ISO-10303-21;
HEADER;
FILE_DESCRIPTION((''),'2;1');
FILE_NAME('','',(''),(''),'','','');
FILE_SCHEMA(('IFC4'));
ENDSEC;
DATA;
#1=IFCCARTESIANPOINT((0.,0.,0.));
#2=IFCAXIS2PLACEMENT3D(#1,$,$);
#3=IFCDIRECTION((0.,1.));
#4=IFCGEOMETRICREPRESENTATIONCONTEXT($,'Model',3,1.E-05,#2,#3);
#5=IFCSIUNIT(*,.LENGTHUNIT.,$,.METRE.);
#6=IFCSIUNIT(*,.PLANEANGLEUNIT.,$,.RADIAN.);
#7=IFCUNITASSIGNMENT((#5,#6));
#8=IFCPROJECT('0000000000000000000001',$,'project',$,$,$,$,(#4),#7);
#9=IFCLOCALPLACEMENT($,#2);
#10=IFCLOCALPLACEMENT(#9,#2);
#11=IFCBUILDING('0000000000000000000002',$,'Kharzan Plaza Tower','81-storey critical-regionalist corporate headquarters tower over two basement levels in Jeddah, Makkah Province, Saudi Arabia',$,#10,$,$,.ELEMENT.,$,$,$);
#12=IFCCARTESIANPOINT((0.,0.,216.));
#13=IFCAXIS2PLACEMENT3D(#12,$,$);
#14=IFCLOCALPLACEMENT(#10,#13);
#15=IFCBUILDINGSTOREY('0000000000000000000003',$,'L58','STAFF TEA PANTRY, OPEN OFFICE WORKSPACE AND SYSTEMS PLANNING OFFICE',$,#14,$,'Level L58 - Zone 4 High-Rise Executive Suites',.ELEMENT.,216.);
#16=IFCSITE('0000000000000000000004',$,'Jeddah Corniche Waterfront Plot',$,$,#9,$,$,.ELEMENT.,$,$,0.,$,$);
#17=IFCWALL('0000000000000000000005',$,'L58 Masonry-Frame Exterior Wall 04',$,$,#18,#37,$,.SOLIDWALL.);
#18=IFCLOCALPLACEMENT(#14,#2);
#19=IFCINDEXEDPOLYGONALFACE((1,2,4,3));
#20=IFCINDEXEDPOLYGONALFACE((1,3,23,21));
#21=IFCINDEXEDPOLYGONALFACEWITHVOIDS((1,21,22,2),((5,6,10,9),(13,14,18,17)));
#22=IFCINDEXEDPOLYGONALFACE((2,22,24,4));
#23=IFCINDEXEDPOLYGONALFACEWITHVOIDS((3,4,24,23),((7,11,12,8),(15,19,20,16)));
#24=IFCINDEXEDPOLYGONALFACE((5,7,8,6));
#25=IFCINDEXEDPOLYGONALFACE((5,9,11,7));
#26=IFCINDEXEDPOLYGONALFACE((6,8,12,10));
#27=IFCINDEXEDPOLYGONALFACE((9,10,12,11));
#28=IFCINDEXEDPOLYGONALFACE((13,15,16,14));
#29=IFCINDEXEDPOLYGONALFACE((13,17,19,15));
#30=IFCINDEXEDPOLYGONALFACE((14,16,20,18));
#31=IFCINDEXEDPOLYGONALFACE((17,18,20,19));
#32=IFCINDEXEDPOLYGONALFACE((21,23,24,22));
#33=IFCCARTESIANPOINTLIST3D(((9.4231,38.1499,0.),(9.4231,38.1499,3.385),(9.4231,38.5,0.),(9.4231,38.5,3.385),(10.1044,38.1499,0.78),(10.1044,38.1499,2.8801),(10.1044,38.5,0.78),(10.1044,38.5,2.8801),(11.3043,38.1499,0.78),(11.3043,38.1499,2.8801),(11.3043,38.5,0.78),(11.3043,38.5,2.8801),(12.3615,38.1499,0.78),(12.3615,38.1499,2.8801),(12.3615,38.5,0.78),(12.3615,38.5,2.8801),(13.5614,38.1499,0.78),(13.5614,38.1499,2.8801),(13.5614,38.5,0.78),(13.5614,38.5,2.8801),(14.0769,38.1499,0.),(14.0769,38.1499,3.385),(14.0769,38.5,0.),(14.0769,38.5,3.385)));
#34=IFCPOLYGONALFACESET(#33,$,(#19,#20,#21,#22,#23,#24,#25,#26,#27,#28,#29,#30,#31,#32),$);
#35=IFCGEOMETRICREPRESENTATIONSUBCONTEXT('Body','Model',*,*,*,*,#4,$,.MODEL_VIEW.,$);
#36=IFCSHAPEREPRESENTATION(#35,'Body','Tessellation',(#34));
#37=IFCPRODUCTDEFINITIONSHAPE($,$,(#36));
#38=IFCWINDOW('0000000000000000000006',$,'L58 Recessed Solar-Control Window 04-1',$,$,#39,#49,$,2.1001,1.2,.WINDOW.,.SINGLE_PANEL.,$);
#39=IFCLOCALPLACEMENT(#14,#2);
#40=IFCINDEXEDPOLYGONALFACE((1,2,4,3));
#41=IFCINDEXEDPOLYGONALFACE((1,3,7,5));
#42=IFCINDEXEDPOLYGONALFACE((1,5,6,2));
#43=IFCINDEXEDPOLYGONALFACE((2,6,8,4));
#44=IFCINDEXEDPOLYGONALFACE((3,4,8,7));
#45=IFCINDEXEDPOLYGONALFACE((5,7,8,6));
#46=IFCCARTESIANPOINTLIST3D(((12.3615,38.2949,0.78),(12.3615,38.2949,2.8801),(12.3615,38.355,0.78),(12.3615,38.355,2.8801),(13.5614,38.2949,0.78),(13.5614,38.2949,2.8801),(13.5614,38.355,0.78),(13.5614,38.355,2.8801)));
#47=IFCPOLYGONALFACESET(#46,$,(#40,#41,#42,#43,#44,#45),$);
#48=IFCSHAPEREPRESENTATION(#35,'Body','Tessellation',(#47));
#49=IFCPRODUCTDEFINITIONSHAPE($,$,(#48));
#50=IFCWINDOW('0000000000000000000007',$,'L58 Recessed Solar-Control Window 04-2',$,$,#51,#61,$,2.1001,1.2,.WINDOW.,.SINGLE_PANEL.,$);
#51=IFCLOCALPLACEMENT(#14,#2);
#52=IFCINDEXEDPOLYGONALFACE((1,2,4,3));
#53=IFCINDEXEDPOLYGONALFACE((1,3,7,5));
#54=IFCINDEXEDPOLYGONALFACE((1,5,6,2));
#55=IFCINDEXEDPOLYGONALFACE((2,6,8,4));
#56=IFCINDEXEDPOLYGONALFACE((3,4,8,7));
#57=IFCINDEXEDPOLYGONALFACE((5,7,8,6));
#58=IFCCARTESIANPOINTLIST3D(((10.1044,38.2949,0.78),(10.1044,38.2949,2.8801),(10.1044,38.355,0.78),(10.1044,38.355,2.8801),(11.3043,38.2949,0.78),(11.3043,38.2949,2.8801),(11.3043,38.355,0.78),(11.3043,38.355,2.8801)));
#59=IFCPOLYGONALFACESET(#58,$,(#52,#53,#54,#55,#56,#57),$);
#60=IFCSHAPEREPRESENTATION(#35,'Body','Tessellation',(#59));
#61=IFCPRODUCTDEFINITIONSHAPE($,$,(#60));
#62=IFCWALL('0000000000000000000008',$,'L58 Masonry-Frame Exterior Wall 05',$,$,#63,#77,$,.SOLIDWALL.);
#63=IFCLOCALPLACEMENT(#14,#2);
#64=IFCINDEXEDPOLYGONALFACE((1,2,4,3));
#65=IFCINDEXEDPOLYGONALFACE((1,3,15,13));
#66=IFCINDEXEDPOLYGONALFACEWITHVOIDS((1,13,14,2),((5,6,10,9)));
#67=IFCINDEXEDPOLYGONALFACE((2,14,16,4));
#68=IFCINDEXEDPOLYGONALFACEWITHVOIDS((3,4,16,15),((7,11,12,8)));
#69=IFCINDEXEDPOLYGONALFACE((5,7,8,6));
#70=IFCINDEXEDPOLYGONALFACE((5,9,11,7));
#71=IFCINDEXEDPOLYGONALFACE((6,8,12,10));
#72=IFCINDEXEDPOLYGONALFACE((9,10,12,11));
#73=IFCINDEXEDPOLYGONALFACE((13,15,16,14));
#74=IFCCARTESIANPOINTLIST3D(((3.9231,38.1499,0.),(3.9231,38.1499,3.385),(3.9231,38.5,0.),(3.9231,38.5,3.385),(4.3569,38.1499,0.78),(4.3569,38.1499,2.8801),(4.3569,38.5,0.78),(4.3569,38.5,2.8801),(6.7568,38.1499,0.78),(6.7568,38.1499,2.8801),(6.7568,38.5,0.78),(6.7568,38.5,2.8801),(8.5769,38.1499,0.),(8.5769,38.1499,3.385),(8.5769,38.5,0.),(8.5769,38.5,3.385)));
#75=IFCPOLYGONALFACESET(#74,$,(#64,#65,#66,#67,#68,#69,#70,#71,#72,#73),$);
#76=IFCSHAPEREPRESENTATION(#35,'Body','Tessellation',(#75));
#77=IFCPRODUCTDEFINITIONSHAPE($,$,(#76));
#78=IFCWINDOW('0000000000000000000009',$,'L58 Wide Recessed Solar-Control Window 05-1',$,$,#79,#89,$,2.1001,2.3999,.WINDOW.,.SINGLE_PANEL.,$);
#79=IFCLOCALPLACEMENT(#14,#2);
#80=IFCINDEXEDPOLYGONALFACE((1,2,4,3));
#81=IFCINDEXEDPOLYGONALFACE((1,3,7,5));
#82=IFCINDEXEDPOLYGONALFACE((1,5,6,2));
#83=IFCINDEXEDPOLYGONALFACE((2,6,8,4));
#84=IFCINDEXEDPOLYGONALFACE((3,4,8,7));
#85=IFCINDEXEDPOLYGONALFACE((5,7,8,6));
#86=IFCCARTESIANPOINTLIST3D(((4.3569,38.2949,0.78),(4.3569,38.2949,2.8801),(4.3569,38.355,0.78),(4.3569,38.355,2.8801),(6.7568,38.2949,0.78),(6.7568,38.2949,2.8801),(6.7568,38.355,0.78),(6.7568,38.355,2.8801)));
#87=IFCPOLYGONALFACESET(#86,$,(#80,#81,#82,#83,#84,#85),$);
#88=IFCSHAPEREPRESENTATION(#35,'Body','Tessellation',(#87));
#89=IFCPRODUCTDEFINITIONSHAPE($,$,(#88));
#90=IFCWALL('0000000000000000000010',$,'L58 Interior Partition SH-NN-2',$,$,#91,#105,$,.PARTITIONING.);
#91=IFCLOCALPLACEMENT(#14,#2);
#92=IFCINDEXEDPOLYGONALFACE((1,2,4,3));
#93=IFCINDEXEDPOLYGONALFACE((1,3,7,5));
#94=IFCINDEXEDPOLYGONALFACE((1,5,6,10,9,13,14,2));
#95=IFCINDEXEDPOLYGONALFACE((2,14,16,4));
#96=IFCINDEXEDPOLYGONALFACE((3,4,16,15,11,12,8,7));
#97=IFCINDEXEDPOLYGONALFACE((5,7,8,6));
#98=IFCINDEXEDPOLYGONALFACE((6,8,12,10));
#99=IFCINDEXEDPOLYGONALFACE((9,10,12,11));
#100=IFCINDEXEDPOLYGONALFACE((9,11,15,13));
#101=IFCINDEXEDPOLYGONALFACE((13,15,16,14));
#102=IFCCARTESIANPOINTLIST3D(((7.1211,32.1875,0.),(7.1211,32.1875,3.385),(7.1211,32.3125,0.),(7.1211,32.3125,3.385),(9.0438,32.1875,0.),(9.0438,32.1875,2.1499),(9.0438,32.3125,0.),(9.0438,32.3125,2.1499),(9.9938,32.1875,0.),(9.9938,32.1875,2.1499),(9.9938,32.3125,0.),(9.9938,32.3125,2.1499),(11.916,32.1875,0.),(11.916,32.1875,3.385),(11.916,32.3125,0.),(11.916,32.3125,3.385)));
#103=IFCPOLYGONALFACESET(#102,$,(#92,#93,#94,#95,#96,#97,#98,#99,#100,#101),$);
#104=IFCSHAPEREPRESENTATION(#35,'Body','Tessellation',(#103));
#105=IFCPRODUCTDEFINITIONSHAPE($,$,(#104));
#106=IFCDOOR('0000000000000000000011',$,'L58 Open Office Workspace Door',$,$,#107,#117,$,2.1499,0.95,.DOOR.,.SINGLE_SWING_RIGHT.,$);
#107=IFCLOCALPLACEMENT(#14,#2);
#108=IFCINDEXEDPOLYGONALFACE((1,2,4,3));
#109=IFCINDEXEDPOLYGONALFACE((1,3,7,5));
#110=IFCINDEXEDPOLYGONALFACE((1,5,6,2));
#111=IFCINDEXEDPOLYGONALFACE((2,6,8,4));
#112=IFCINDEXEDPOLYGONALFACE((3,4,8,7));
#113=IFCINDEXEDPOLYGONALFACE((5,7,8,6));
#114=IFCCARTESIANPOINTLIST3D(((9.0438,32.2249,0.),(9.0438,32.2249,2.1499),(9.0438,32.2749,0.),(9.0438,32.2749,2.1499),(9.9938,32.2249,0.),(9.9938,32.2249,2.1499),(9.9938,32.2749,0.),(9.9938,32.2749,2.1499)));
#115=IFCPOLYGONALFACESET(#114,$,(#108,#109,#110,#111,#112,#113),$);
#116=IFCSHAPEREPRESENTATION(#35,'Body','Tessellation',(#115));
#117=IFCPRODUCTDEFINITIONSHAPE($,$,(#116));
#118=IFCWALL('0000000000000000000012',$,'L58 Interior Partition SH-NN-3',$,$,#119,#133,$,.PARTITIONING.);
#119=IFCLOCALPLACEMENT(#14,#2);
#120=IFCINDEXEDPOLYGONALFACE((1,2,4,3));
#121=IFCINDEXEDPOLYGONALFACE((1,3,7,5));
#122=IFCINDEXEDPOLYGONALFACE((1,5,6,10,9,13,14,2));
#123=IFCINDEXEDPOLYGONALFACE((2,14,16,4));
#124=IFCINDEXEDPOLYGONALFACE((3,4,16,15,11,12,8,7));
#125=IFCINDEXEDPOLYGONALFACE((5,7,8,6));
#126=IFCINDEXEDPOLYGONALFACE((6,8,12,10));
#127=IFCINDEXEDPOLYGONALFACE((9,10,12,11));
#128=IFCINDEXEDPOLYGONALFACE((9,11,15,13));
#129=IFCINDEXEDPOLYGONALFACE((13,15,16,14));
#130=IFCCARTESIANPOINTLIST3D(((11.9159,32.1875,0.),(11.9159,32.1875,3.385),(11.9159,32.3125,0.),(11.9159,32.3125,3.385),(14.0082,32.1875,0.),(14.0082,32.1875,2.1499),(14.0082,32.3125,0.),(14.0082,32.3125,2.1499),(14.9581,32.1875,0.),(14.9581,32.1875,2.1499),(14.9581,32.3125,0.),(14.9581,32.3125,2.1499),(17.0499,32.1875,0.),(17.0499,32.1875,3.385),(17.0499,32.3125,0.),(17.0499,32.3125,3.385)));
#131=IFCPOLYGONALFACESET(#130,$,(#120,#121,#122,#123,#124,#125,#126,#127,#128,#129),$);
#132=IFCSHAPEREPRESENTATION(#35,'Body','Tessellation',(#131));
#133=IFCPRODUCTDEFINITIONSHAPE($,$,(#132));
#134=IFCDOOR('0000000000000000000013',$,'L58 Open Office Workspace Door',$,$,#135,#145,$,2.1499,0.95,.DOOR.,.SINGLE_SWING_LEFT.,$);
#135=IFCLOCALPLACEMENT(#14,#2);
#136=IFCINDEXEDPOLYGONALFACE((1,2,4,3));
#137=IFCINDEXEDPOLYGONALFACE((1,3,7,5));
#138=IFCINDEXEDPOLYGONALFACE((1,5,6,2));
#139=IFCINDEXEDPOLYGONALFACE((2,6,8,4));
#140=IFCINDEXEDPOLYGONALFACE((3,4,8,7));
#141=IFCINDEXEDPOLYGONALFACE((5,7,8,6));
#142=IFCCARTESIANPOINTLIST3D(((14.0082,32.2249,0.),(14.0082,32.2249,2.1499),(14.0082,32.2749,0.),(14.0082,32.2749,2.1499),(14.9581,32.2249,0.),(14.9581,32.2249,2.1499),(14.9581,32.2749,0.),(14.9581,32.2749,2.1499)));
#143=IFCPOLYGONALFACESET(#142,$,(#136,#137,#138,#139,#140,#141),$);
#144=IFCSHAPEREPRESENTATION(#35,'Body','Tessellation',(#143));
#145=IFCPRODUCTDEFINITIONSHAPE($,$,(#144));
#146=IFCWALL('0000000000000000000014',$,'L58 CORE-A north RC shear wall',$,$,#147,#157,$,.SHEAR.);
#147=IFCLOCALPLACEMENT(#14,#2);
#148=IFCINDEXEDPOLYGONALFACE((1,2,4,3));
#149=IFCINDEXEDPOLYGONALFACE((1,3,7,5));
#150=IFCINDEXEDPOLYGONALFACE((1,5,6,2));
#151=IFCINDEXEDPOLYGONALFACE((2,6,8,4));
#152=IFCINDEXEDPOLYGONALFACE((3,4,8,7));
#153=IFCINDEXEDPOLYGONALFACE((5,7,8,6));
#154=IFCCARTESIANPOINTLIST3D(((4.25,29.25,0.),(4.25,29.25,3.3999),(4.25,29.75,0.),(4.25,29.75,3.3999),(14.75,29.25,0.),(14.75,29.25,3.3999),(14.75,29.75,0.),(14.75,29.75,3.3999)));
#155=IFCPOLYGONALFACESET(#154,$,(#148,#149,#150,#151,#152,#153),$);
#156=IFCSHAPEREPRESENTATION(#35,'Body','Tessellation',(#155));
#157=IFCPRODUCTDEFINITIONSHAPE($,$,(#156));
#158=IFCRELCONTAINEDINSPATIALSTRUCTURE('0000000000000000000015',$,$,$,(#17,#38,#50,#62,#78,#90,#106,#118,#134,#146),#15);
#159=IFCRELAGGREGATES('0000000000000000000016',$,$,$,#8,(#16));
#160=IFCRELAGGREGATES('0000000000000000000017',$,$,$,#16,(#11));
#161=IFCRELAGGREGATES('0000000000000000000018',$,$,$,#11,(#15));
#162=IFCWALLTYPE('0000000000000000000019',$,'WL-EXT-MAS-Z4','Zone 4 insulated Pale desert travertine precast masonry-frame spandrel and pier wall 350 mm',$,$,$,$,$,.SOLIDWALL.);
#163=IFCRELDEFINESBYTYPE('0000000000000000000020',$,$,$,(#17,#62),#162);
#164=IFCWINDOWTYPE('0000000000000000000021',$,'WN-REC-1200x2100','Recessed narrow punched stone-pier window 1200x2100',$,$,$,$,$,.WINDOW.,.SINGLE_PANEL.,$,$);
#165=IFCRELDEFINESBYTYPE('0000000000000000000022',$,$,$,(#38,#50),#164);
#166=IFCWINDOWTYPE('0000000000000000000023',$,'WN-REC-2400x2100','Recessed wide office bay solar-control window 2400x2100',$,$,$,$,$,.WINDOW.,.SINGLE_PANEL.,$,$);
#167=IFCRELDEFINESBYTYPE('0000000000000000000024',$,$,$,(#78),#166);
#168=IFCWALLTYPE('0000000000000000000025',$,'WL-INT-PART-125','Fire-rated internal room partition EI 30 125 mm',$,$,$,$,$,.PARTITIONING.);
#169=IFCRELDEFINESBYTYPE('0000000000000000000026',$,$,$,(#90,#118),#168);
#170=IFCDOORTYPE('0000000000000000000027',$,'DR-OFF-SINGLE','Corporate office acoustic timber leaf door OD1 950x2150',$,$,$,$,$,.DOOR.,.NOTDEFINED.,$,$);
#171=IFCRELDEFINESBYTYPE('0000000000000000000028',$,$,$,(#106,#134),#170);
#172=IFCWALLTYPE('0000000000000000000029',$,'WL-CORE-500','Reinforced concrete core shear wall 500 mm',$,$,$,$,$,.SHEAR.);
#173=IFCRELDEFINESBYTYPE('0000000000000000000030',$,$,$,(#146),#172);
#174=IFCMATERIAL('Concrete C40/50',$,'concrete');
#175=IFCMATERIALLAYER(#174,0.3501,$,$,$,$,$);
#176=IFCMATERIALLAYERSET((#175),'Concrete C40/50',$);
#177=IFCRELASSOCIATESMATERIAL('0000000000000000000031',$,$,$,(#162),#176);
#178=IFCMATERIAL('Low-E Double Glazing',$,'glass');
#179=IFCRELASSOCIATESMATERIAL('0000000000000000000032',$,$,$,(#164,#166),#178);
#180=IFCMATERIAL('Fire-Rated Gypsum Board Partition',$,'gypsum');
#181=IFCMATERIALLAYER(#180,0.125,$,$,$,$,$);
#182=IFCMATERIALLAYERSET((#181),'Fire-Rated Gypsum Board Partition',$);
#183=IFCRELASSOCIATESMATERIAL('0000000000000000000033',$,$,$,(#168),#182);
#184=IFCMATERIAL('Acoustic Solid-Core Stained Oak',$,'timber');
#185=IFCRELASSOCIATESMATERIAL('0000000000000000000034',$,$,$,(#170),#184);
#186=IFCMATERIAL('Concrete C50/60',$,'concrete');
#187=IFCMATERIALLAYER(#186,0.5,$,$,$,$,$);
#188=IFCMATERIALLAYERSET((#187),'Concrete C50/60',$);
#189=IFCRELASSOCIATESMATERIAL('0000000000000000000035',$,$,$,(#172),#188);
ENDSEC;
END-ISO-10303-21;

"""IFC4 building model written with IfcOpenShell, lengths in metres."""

from ifc_helpers import new_model, si_unit, direction, frame, frame_2d, origin, place, context, subcontext, project, spatial, rectangle, extrude, source, transform, mapped, material, layer, layer_set, type_object, element, fill, save


model = new_model("IFC4")

# Units and contexts
model_context = context("Model", 3, precision=1e-05, world=origin(), true_north=direction((0.0, 1.0)))
body_context = subcontext(model_context, "Body", "Model", "MODEL_VIEW")
ifc_project = project(units=[si_unit("LENGTHUNIT", "METRE"), si_unit("PLANEANGLEUNIT", "RADIAN")], contexts=[model_context])

# Site, building, storey
site_placement = place(None, origin())
site = spatial("IfcSite", under=ifc_project, at=site_placement, Name="Jeddah Corniche Waterfront Plot", CompositionType="ELEMENT", RefElevation=0.0)
building_placement = place(site_placement, origin())
building = spatial("IfcBuilding", under=site, at=building_placement, Name="Kharzan Plaza Tower", Description="81-storey critical-regionalist corporate headquarters tower over two basement levels in Jeddah, Makkah Province, Saudi Arabia", CompositionType="ELEMENT")
storey_placement = place(building_placement, frame((0.0, 0.0, 216.0)))
storey = spatial("IfcBuildingStorey", under=building, at=storey_placement, Name="L58", Description="STAFF TEA PANTRY, OPEN OFFICE WORKSPACE AND SYSTEMS PLANNING OFFICE", LongName="Level L58 - Zone 4 High-Rise Executive Suites", CompositionType="ELEMENT", Elevation=216.0)

# Shared definitions
ifc_material_1 = material(Name="Concrete C50/60", Category="concrete")

# Shared definitions
ifc_material_2 = material(Name="Concrete C40/50", Category="concrete")
ifc_layer_1 = layer(ifc_material_2, 0.3501)
ifc_layer_set_1 = layer_set([ifc_layer_1], Name="Concrete C40/50")
wall_type_1 = type_object("IfcWallType", Name="WL-EXT-MAS-Z4", Description="Zone 4 insulated Pale desert travertine precast masonry-frame spandrel and pier wall 350 mm", PredefinedType="SOLIDWALL", material=ifc_layer_set_1)
ifc_material_3 = material(Name="Low-E Double Glazing", Category="glass")
window_type_1 = type_object("IfcWindowType", Name="WN-REC-1200x2100", Description="Recessed narrow punched stone-pier window 1200x2100", PartitioningType="SINGLE_PANEL", PredefinedType="WINDOW", material=ifc_material_3)
shared_shape_1 = source(origin(), body_context, "Body", "SweptSolid", [
    extrude(rectangle(XDim=1.2, YDim=2.1001, at=frame_2d((0.6001, 1.05))), frame((0.0, 0.03, 0.0), z_axis=(0.0, -1.0, 0.0), x_axis=(1.0, 0.0, 0.0)), (0.0, 0.0, 1.0), 0.0601),
])

# Wall, openings, windows
wall_1_placement = place(storey_placement, frame((14.0769, 38.325, 0.0), z_axis=(0.0, 0.0, 1.0), x_axis=(-1.0, 0.0, 0.0)))
wall_1 = element("IfcWall", 1, at=wall_1_placement, inside=storey, type_object=wall_type_1, Name="L58 Masonry-Frame Exterior Wall 04", PredefinedType="SOLIDWALL", context=body_context, shape_type="SweptSolid", body=[
    extrude(rectangle(XDim=4.6538, YDim=0.3501, at=frame_2d((2.3269, 0.0))), origin(), (0.0, 0.0, 1.0), 3.385),
])
opening_1_placement = place(wall_1_placement, frame((0.5154, 0.0, 0.78)))
opening_1 = element("IfcOpeningElement", 2, at=opening_1_placement, cuts=wall_1, PredefinedType="OPENING", context=body_context, shape_type="SweptSolid", body=[
    extrude(rectangle(XDim=1.2, YDim=2.1001, at=frame_2d((0.6001, 1.05))), frame((0.0, 0.1851, 0.0), z_axis=(0.0, -1.0, 0.0), x_axis=(1.0, 0.0, 0.0)), (0.0, 0.0, 1.0), 0.3701),
])
opening_2_placement = place(wall_1_placement, frame((2.7725, 0.0, 0.78)))
opening_2 = element("IfcOpeningElement", 3, at=opening_2_placement, cuts=wall_1, PredefinedType="OPENING", context=body_context, shape_type="SweptSolid", body=[
    extrude(rectangle(XDim=1.2, YDim=2.1001, at=frame_2d((0.6001, 1.05))), frame((0.0, 0.1851, 0.0), z_axis=(0.0, -1.0, 0.0), x_axis=(1.0, 0.0, 0.0)), (0.0, 0.0, 1.0), 0.3701),
])
window_1_placement = place(opening_1_placement, origin())
window_1 = element("IfcWindow", 4, at=window_1_placement, inside=storey, type_object=window_type_1, Name="L58 Recessed Solar-Control Window 04-1", OverallHeight=2.1001, OverallWidth=1.2, PartitioningType="SINGLE_PANEL", PredefinedType="WINDOW", context=body_context, shape_type="MappedRepresentation", body=[
    mapped(shared_shape_1, transform((0.0, 0.0, 0.0), x_axis=(1.0, 0.0, 0.0), y_axis=(0.0, 1.0, 0.0), z_axis=(0.0, 0.0, 1.0))),
])
fill(opening_1, window_1)
window_2_placement = place(opening_2_placement, origin())
window_2 = element("IfcWindow", 5, at=window_2_placement, inside=storey, type_object=window_type_1, Name="L58 Recessed Solar-Control Window 04-2", OverallHeight=2.1001, OverallWidth=1.2, PartitioningType="SINGLE_PANEL", PredefinedType="WINDOW", context=body_context, shape_type="MappedRepresentation", body=[
    mapped(shared_shape_1, transform((0.0, 0.0, 0.0), x_axis=(1.0, 0.0, 0.0), y_axis=(0.0, 1.0, 0.0), z_axis=(0.0, 0.0, 1.0))),
])
fill(opening_2, window_2)

# Wall, opening, window
wall_2_placement = place(storey_placement, frame((8.5769, 38.325, 0.0), z_axis=(0.0, 0.0, 1.0), x_axis=(-1.0, 0.0, 0.0)))
wall_2 = element("IfcWall", 6, at=wall_2_placement, inside=storey, type_object=wall_type_1, Name="L58 Masonry-Frame Exterior Wall 05", PredefinedType="SOLIDWALL", context=body_context, shape_type="SweptSolid", body=[
    extrude(rectangle(XDim=4.6538, YDim=0.3501, at=frame_2d((2.3269, 0.0))), origin(), (0.0, 0.0, 1.0), 3.385),
])
opening_3_placement = place(wall_2_placement, frame((1.8201, 0.0, 0.78)))
opening_3 = element("IfcOpeningElement", 7, at=opening_3_placement, cuts=wall_2, PredefinedType="OPENING", context=body_context, shape_type="SweptSolid", body=[
    extrude(rectangle(XDim=2.3999, YDim=2.1001, at=frame_2d((1.2, 1.05))), frame((0.0, 0.1851, 0.0), z_axis=(0.0, -1.0, 0.0), x_axis=(1.0, 0.0, 0.0)), (0.0, 0.0, 1.0), 0.3701),
])
window_type_2 = type_object("IfcWindowType", Name="WN-REC-2400x2100", Description="Recessed wide office bay solar-control window 2400x2100", PartitioningType="SINGLE_PANEL", PredefinedType="WINDOW", material=ifc_material_3)
shared_shape_2 = source(origin(), body_context, "Body", "SweptSolid", [
    extrude(rectangle(XDim=2.3999, YDim=2.1001, at=frame_2d((1.2, 1.05))), frame((0.0, 0.03, 0.0), z_axis=(0.0, -1.0, 0.0), x_axis=(1.0, 0.0, 0.0)), (0.0, 0.0, 1.0), 0.0601),
])
window_3_placement = place(opening_3_placement, origin())
window_3 = element("IfcWindow", 8, at=window_3_placement, inside=storey, type_object=window_type_2, Name="L58 Wide Recessed Solar-Control Window 05-1", OverallHeight=2.1001, OverallWidth=2.3999, PartitioningType="SINGLE_PANEL", PredefinedType="WINDOW", context=body_context, shape_type="MappedRepresentation", body=[
    mapped(shared_shape_2, transform((0.0, 0.0, 0.0), x_axis=(1.0, 0.0, 0.0), y_axis=(0.0, 1.0, 0.0), z_axis=(0.0, 0.0, 1.0))),
])
fill(opening_3, window_3)

# Walls, openings, doors
ifc_material_4 = material(Name="Fire-Rated Gypsum Board Partition", Category="gypsum")
ifc_layer_2 = layer(ifc_material_4, 0.125)
ifc_layer_set_2 = layer_set([ifc_layer_2], Name="Fire-Rated Gypsum Board Partition")
wall_type_2 = type_object("IfcWallType", Name="WL-INT-PART-125", Description="Fire-rated internal room partition EI 30 125 mm", PredefinedType="PARTITIONING", material=ifc_layer_set_2)
wall_3_placement = place(storey_placement, frame((7.1211, 32.25, 0.0), z_axis=(0.0, 0.0, 1.0), x_axis=(1.0, 0.0, 0.0)))
wall_3 = element("IfcWall", 9, at=wall_3_placement, inside=storey, type_object=wall_type_2, Name="L58 Interior Partition SH-NN-2", PredefinedType="PARTITIONING", context=body_context, shape_type="SweptSolid", body=[
    extrude(rectangle(XDim=4.7949, YDim=0.125, at=frame_2d((2.3975, 0.0))), origin(), (0.0, 0.0, 1.0), 3.385),
])
opening_4_placement = place(wall_3_placement, frame((1.9226, 0.0, 0.0)))
opening_4 = element("IfcOpeningElement", 10, at=opening_4_placement, cuts=wall_3, PredefinedType="OPENING", context=body_context, shape_type="SweptSolid", body=[
    extrude(rectangle(XDim=0.95, YDim=2.1499, at=frame_2d((0.4751, 1.075))), frame((0.0, 0.0725, 0.0), z_axis=(0.0, -1.0, 0.0), x_axis=(1.0, 0.0, 0.0)), (0.0, 0.0, 1.0), 0.145),
])
ifc_material_5 = material(Name="Acoustic Solid-Core Stained Oak", Category="timber")
door_type = type_object("IfcDoorType", Name="DR-OFF-SINGLE", Description="Corporate office acoustic timber leaf door OD1 950x2150", OperationType="NOTDEFINED", PredefinedType="DOOR", material=ifc_material_5)
shared_shape_3 = source(origin(), body_context, "Body", "SweptSolid", [
    extrude(rectangle(XDim=0.95, YDim=2.1499, at=frame_2d((0.4751, 1.075))), frame((0.0, 0.0249, 0.0), z_axis=(0.0, -1.0, 0.0), x_axis=(1.0, 0.0, 0.0)), (0.0, 0.0, 1.0), 0.05),
])
door_1_placement = place(opening_4_placement, origin())
door_1 = element("IfcDoor", 11, at=door_1_placement, inside=storey, type_object=door_type, Name="L58 Open Office Workspace Door", OperationType="SINGLE_SWING_RIGHT", OverallHeight=2.1499, OverallWidth=0.95, PredefinedType="DOOR", context=body_context, shape_type="MappedRepresentation", body=[
    mapped(shared_shape_3, transform((0.0, 0.0, 0.0), x_axis=(1.0, 0.0, 0.0), y_axis=(0.0, 1.0, 0.0), z_axis=(0.0, 0.0, 1.0))),
])
fill(opening_4, door_1)
wall_4_placement = place(storey_placement, frame((11.916, 32.25, 0.0), z_axis=(0.0, 0.0, 1.0), x_axis=(1.0, 0.0, 0.0)))
wall_4 = element("IfcWall", 12, at=wall_4_placement, inside=storey, type_object=wall_type_2, Name="L58 Interior Partition SH-NN-3", PredefinedType="PARTITIONING", context=body_context, shape_type="SweptSolid", body=[
    extrude(rectangle(XDim=5.134, YDim=0.125, at=frame_2d((2.5669, 0.0))), origin(), (0.0, 0.0, 1.0), 3.385),
])
opening_5_placement = place(wall_4_placement, frame((2.092, 0.0, 0.0)))
opening_5 = element("IfcOpeningElement", 13, at=opening_5_placement, cuts=wall_4, PredefinedType="OPENING", context=body_context, shape_type="SweptSolid", body=[
    extrude(rectangle(XDim=0.95, YDim=2.1499, at=frame_2d((0.4751, 1.075))), frame((0.0, 0.0725, 0.0), z_axis=(0.0, -1.0, 0.0), x_axis=(1.0, 0.0, 0.0)), (0.0, 0.0, 1.0), 0.145),
])
door_2_placement = place(opening_5_placement, origin())
door_2 = element("IfcDoor", 14, at=door_2_placement, inside=storey, type_object=door_type, Name="L58 Open Office Workspace Door", OperationType="SINGLE_SWING_LEFT", OverallHeight=2.1499, OverallWidth=0.95, PredefinedType="DOOR", context=body_context, shape_type="MappedRepresentation", body=[
    mapped(shared_shape_3, transform((0.0, 0.0, 0.0), x_axis=(1.0, 0.0, 0.0), y_axis=(0.0, 1.0, 0.0), z_axis=(0.0, 0.0, 1.0))),
])
fill(opening_5, door_2)

# Wall
ifc_layer_3 = layer(ifc_material_1, 0.5)
ifc_layer_set_3 = layer_set([ifc_layer_3], Name="Concrete C50/60")
wall_type_3 = type_object("IfcWallType", Name="WL-CORE-500", Description="Reinforced concrete core shear wall 500 mm", PredefinedType="SHEAR", material=ifc_layer_set_3)
shared_shape_4 = source(origin(), body_context, "Body", "SweptSolid", [
    extrude(rectangle(XDim=10.5, YDim=0.5, at=frame_2d((5.25, 0.0))), origin(), (0.0, 0.0, 1.0), 3.3999),
])
wall_5_placement = place(storey_placement, frame((4.25, 29.5, 0.0), z_axis=(0.0, 0.0, 1.0), x_axis=(1.0, 0.0, 0.0)))
element("IfcWall", 15, at=wall_5_placement, inside=storey, type_object=wall_type_3, Name="L58 CORE-A north RC shear wall", PredefinedType="SHEAR", context=body_context, shape_type="MappedRepresentation", body=[
    mapped(shared_shape_4, transform((0.0, 0.0, 0.0), x_axis=(1.0, 0.0, 0.0), y_axis=(0.0, 1.0, 0.0), z_axis=(0.0, 0.0, 1.0))),
])

save(model, "model.ifc")
